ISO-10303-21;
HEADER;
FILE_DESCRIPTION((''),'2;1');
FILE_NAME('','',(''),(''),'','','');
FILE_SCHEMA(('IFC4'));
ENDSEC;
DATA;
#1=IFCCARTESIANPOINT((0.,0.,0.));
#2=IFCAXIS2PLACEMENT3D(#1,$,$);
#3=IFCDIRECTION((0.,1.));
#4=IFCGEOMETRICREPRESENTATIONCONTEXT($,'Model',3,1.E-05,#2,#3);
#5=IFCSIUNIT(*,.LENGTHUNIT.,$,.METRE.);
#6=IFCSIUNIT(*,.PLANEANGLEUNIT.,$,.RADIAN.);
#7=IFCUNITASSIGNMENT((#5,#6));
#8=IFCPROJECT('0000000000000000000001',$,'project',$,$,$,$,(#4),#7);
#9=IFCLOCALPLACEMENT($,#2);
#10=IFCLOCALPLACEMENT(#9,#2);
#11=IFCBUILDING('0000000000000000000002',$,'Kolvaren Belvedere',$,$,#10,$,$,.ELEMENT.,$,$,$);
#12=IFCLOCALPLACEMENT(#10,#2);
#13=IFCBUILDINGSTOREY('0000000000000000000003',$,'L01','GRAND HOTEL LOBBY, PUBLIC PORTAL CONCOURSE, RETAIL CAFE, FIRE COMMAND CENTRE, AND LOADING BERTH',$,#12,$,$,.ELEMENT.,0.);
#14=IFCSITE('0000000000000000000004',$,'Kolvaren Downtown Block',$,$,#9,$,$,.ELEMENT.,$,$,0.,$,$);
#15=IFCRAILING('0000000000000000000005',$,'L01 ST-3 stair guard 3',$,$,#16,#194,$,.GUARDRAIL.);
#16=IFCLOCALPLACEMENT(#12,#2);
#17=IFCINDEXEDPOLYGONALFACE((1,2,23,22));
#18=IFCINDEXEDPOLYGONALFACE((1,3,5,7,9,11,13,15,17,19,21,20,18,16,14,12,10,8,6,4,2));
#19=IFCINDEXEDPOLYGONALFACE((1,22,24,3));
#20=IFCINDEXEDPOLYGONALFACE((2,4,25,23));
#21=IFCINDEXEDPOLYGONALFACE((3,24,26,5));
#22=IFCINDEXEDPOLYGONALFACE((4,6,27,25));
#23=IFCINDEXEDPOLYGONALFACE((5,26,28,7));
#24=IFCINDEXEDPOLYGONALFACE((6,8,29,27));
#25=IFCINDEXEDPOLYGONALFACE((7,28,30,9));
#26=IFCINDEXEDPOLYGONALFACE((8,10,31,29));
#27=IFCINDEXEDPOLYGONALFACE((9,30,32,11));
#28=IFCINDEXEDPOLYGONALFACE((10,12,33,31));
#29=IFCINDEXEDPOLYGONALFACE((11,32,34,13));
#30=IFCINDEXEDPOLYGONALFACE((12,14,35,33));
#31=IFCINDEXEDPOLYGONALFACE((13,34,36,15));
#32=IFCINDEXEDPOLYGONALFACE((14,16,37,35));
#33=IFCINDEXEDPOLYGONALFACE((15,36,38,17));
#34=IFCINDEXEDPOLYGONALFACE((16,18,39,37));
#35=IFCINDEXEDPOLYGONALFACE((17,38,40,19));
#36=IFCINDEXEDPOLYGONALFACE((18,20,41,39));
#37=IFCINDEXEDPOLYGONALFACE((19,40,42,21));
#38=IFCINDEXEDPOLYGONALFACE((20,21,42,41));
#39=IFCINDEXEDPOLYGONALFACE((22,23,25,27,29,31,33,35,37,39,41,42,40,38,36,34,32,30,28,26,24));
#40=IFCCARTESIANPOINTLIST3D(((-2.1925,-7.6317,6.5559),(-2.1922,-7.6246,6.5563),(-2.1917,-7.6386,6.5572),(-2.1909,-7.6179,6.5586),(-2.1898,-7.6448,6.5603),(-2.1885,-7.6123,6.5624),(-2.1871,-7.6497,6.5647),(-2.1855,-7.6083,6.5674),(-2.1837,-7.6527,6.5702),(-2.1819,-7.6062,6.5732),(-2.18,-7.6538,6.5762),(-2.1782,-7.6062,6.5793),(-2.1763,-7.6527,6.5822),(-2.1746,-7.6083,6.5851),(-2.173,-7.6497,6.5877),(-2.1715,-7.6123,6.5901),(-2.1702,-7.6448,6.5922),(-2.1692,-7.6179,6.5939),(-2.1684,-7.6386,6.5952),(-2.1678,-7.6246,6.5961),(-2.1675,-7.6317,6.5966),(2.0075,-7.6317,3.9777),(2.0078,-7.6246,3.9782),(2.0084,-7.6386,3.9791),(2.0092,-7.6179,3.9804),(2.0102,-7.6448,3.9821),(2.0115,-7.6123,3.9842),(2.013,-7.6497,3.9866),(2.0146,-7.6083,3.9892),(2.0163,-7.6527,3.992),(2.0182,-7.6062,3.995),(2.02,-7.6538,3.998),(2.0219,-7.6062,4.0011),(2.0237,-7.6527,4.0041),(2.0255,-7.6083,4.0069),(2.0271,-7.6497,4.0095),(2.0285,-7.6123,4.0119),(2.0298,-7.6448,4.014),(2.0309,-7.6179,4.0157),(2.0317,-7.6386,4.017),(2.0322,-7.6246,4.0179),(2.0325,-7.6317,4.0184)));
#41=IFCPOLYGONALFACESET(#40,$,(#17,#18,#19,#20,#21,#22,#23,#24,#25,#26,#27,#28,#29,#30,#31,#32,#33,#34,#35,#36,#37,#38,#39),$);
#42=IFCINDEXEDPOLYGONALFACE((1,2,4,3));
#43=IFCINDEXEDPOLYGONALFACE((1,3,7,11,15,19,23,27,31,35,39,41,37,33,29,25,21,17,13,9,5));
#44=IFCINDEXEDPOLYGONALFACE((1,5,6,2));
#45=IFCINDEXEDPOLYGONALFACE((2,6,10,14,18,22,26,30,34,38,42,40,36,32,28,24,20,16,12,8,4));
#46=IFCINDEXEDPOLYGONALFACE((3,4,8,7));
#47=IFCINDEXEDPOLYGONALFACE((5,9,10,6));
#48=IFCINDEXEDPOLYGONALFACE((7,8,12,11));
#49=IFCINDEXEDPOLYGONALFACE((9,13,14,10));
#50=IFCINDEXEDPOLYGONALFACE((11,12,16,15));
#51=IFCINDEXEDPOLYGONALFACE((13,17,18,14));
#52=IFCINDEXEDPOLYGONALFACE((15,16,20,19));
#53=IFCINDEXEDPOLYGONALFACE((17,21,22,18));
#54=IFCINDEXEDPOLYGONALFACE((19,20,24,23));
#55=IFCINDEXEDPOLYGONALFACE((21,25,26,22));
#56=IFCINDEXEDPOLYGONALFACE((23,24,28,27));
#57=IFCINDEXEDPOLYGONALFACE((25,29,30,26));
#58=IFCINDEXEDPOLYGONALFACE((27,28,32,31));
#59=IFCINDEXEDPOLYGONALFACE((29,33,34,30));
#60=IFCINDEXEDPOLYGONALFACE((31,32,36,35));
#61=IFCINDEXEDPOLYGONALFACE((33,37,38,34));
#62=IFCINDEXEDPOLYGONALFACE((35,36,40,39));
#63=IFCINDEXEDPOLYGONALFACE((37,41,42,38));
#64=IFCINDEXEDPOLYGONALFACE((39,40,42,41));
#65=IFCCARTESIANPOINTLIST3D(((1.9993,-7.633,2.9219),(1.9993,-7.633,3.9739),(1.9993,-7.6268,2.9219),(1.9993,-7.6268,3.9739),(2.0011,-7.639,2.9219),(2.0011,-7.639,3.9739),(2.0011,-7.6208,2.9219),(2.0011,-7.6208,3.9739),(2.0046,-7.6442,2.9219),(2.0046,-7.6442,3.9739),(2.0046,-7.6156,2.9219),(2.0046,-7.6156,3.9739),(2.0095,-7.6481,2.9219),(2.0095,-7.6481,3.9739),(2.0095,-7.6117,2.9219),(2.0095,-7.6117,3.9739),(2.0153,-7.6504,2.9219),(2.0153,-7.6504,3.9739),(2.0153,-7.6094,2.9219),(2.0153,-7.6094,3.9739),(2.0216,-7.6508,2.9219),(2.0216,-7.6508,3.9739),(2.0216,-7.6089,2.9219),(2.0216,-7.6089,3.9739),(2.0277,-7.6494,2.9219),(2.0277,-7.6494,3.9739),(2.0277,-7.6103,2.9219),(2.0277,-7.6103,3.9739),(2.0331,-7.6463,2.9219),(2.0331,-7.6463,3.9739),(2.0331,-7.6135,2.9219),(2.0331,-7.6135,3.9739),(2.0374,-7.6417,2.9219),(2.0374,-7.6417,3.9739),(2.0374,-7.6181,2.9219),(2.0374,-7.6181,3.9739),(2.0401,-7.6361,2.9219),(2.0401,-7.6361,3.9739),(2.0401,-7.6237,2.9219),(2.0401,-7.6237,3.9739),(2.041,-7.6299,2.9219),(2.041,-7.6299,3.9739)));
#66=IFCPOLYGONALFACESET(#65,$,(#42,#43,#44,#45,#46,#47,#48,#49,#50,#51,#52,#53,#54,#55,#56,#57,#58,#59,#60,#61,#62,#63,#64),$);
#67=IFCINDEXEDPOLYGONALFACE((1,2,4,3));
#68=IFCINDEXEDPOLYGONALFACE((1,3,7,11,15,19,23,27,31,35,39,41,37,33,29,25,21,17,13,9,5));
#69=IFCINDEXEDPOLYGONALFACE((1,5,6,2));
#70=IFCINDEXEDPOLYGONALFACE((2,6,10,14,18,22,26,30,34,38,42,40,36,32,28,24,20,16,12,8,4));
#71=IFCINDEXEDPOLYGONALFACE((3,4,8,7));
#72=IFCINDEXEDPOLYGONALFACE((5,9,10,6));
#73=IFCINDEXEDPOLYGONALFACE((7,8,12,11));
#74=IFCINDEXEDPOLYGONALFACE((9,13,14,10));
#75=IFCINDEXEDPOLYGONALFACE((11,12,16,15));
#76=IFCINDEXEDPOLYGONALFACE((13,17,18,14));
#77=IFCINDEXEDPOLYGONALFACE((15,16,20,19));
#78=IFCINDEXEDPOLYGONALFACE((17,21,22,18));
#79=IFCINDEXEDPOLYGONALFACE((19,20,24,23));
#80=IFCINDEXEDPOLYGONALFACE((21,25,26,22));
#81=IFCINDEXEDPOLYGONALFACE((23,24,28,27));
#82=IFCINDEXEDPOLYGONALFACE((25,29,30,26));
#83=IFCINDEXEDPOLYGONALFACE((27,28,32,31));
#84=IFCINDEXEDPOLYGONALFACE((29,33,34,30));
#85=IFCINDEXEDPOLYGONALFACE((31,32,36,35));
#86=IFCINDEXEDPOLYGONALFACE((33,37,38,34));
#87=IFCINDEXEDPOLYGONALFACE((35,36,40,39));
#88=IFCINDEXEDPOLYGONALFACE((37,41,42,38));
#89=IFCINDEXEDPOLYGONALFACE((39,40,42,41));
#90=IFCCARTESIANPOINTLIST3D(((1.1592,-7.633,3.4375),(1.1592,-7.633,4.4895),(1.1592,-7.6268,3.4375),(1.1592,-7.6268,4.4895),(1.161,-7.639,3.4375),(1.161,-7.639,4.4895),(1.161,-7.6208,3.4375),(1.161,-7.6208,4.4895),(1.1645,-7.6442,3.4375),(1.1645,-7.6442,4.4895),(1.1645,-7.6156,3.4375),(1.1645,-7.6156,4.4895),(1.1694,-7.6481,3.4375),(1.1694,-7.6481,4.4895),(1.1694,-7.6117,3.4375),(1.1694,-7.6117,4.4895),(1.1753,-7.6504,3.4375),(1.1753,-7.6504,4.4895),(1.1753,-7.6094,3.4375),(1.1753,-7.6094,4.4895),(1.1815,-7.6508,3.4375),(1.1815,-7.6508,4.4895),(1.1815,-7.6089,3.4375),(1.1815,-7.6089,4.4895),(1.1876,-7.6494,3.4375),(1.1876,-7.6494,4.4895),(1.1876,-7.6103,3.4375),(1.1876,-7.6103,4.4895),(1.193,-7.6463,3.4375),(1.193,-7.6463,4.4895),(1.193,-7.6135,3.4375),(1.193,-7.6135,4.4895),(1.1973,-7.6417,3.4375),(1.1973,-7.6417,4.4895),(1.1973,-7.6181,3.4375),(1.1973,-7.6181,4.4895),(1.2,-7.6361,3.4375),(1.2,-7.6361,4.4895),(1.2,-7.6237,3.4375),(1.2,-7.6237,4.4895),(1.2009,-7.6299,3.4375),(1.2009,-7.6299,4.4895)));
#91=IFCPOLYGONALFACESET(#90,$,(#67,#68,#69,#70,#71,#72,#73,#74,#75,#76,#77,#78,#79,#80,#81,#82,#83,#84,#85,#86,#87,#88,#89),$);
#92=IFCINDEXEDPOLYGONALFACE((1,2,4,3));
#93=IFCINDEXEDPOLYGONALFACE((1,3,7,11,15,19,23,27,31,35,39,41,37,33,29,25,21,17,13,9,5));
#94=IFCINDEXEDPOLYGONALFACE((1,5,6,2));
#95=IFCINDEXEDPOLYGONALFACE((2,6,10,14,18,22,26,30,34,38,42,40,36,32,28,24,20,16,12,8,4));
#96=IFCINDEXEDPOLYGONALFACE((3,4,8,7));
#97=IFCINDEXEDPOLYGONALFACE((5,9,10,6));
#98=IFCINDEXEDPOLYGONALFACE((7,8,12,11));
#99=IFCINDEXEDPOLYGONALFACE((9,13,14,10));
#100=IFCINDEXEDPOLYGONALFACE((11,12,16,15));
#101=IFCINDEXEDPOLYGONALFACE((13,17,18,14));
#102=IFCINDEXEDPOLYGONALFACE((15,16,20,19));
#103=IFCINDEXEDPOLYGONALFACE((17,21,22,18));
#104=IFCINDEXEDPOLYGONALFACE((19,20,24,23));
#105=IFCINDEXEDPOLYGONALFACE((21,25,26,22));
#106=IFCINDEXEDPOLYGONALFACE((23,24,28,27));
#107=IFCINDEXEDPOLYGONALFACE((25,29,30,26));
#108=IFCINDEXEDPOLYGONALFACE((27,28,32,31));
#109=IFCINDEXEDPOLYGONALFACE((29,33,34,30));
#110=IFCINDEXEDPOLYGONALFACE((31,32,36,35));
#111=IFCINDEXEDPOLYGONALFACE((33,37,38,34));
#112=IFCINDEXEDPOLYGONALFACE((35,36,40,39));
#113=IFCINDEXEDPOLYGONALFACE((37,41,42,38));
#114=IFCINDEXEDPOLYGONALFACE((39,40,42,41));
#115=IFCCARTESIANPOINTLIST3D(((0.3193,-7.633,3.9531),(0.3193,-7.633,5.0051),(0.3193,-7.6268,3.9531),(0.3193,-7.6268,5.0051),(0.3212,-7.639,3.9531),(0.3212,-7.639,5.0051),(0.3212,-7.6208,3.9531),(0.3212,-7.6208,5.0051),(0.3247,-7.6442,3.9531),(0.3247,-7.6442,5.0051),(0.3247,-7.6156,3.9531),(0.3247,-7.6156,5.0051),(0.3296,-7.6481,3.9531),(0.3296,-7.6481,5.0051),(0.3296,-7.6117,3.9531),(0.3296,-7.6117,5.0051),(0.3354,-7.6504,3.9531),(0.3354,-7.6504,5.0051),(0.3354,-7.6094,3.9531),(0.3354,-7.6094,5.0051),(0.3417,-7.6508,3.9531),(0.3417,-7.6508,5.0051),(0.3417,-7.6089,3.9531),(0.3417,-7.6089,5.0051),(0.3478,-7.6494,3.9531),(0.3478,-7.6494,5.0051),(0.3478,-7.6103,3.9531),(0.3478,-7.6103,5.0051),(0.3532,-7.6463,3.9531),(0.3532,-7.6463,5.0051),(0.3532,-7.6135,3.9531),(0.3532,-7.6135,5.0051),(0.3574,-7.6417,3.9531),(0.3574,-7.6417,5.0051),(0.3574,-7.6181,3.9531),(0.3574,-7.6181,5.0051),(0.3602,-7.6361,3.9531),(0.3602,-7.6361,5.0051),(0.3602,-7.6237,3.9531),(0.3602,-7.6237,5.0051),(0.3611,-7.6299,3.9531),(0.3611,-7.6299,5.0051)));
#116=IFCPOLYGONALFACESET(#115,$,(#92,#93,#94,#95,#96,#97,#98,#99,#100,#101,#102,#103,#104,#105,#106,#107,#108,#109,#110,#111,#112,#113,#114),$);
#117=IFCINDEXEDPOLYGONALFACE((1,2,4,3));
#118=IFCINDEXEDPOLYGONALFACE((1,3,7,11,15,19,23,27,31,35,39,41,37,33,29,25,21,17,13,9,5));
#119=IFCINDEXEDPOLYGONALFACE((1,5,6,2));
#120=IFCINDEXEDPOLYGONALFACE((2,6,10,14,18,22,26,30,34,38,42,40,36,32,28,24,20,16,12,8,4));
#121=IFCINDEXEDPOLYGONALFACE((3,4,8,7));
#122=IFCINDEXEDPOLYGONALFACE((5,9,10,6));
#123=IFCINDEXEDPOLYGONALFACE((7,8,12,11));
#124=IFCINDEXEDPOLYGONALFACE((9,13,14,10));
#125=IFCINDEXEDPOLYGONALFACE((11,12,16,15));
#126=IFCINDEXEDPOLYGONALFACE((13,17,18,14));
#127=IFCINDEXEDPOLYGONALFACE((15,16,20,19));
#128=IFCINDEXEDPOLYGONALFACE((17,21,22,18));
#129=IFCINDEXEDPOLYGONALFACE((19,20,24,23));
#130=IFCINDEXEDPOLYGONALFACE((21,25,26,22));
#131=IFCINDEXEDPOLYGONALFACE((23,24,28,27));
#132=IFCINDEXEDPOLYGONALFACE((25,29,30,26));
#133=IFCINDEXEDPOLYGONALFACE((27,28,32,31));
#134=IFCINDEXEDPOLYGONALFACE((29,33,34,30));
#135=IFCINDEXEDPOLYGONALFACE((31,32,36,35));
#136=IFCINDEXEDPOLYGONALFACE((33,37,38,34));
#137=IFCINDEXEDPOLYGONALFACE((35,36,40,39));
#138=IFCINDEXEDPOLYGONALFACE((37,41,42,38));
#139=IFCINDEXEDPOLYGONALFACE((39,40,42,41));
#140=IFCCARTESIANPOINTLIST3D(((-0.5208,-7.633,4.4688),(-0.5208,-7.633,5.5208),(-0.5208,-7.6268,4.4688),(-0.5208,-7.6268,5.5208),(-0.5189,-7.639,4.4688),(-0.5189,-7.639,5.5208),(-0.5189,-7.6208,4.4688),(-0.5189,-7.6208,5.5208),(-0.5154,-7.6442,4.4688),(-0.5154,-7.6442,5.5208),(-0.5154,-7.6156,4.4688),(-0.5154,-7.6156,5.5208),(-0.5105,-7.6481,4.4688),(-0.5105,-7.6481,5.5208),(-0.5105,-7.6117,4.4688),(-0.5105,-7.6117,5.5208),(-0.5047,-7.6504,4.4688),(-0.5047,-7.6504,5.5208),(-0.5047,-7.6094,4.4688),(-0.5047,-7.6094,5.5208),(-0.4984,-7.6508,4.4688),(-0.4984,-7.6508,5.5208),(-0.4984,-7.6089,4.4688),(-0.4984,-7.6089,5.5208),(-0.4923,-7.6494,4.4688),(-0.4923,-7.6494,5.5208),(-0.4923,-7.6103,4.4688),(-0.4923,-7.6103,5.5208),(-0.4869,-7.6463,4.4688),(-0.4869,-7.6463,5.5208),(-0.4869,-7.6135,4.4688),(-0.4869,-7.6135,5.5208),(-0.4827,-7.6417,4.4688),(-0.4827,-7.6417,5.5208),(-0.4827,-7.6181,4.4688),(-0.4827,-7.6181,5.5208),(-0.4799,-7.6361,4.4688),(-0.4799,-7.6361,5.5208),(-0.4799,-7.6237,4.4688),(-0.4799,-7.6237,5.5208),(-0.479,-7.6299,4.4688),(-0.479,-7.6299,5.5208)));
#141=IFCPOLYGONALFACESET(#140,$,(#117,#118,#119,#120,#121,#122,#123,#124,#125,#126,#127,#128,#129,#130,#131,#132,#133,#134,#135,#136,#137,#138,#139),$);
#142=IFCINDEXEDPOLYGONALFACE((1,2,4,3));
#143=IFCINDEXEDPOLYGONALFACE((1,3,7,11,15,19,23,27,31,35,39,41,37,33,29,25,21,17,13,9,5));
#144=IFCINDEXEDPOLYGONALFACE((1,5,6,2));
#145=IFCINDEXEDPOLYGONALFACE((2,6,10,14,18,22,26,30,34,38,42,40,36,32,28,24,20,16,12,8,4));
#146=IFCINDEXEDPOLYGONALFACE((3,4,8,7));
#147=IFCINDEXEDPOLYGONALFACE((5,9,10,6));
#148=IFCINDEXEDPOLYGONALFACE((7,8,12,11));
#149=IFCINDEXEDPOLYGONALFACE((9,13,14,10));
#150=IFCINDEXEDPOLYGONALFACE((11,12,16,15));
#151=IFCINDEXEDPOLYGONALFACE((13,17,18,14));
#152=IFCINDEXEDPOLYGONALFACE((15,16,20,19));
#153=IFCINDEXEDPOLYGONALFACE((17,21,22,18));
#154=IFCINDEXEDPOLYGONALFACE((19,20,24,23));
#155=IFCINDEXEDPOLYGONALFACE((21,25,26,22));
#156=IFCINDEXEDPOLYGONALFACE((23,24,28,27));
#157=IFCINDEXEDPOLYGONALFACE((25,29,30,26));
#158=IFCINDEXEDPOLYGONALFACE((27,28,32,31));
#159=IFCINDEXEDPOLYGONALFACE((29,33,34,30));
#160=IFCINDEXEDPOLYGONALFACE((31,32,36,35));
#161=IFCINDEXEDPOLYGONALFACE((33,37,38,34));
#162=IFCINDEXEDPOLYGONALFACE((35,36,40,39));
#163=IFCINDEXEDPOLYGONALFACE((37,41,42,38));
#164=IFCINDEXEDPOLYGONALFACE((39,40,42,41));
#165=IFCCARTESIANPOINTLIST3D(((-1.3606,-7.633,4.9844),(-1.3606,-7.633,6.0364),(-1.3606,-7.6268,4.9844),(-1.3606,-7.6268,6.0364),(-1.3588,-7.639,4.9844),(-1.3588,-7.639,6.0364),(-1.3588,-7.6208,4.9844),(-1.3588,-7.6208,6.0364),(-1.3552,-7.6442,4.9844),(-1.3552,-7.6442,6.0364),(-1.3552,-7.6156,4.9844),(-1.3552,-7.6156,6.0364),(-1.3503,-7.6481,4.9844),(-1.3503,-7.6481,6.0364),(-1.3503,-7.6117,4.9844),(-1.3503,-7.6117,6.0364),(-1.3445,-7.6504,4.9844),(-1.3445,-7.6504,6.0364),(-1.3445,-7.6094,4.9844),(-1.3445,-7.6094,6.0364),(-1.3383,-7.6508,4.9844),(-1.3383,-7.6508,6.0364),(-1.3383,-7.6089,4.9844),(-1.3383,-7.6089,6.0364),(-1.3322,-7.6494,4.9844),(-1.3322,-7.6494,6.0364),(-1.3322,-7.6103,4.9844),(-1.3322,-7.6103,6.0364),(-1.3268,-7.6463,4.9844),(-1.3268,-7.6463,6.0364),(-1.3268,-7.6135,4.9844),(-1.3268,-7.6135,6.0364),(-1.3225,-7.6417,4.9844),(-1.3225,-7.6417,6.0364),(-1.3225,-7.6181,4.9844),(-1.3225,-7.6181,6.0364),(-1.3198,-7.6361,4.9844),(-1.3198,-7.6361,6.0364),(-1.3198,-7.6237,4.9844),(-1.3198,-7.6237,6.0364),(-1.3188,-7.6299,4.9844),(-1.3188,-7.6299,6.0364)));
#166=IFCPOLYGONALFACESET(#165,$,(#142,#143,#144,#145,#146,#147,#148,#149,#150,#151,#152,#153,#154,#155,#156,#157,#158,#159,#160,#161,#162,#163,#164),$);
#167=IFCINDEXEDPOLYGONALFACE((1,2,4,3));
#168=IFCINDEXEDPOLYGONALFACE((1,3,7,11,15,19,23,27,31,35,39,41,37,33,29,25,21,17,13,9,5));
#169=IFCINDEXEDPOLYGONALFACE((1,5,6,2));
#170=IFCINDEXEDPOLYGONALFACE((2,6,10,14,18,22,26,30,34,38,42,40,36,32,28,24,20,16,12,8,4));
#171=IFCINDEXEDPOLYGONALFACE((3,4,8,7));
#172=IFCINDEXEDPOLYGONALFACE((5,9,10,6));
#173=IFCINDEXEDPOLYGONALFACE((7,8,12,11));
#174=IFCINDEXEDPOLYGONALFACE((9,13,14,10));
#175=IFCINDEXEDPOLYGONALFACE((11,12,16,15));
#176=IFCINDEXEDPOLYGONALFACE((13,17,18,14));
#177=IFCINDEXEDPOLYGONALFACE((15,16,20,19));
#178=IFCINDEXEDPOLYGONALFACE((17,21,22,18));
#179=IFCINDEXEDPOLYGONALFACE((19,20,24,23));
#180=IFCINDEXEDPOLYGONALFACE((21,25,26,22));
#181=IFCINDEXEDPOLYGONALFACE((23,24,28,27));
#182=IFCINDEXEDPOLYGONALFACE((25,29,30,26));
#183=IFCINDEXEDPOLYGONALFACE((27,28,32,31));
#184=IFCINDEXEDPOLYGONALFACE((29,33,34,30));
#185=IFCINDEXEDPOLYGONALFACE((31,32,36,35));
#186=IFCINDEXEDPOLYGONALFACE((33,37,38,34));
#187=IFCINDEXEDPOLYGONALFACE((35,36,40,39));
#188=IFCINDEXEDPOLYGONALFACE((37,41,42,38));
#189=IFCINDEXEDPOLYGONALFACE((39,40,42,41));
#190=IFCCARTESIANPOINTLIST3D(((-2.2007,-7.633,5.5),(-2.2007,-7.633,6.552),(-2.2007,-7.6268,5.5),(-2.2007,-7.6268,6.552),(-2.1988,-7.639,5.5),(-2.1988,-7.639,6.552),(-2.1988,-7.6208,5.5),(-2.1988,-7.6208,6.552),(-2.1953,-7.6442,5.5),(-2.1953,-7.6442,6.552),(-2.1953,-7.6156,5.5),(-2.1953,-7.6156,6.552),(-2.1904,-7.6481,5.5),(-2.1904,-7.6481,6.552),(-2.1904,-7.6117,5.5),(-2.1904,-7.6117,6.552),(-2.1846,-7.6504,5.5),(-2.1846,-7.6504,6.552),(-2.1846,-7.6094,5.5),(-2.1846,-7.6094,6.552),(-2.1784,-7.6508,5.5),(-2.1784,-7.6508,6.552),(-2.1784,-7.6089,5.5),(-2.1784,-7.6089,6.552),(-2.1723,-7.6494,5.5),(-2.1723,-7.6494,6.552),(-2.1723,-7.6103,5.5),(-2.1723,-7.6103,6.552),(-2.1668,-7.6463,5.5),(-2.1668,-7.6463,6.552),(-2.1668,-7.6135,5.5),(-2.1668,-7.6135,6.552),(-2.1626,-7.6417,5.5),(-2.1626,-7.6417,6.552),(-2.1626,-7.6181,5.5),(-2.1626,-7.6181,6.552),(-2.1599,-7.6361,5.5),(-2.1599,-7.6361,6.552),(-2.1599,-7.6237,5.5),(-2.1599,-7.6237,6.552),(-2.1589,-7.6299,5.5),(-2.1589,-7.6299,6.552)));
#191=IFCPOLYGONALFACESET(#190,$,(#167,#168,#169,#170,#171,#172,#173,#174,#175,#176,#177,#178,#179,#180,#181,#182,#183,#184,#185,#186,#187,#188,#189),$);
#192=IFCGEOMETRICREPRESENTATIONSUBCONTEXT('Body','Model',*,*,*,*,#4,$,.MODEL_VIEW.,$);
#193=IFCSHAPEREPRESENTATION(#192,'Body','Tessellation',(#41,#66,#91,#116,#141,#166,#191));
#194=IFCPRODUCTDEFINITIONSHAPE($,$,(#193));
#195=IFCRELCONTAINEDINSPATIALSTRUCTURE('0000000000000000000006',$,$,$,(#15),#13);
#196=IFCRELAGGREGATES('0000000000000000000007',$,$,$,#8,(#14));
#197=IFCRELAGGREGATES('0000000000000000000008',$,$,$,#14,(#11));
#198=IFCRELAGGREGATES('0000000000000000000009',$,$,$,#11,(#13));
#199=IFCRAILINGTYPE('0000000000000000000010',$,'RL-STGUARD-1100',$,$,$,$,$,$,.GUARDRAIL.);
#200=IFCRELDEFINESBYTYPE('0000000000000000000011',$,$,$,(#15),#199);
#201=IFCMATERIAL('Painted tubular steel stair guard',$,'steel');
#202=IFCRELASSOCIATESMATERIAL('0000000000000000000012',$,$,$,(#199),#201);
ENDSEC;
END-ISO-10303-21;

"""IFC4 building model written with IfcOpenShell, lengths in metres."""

from ifc_helpers import new_model, si_unit, direction, frame, origin, origin_2d, place, context, subcontext, project, spatial, circle, extrude, material, type_object, element, save


model = new_model("IFC4")

# Units and contexts
model_context = context("Model", 3, precision=1e-05, world=origin(), true_north=direction((0.0, 1.0)))
body_context = subcontext(model_context, "Body", "Model", "MODEL_VIEW")
ifc_project = project(units=[si_unit("LENGTHUNIT", "METRE"), si_unit("PLANEANGLEUNIT", "RADIAN")], contexts=[model_context])

# Site, building, storey
site_placement = place(None, origin())
site = spatial("IfcSite", under=ifc_project, at=site_placement, Name="Kolvaren Downtown Block", CompositionType="ELEMENT", RefElevation=0.0)
building_placement = place(site_placement, origin())
building = spatial("IfcBuilding", under=site, at=building_placement, Name="Kolvaren Belvedere", CompositionType="ELEMENT")
storey_placement = place(building_placement, origin())
storey = spatial("IfcBuildingStorey", under=building, at=storey_placement, Name="L01", Description="GRAND HOTEL LOBBY, PUBLIC PORTAL CONCOURSE, RETAIL CAFE, FIRE COMMAND CENTRE, AND LOADING BERTH", CompositionType="ELEMENT", Elevation=0.0)

# Railing
ifc_material_1 = material(Name="Painted tubular steel stair guard", Category="steel")
railing_type_1 = type_object("IfcRailingType", Name="RL-STGUARD-1100", PredefinedType="GUARDRAIL", material=ifc_material_1)
railing_1_placement = place(storey_placement, frame((2.02, -7.6299, 2.9219)))
element("IfcRailing", 1, at=railing_1_placement, inside=storey, type_object=railing_type_1, Name="L01 ST-3 stair guard 3", PredefinedType="GUARDRAIL", context=body_context, shape_type="SweptSolid", body=[
    extrude(circle(Radius=0.0239, at=origin_2d()), frame((0.0, 0.0, 1.0762), z_axis=(-0.852243, 0.0, 0.523146), x_axis=(0.0, -1.0, 0.0)), (0.0, 0.0, 1.0), 4.9282),
    extrude(circle(Radius=0.021, at=origin_2d()), origin(), (0.0, 0.0, 1.0), 1.052),
    extrude(circle(Radius=0.021, at=origin_2d()), frame((-0.8401, 0.0, 0.5156)), (0.0, 0.0, 1.0), 1.052),
    extrude(circle(Radius=0.021, at=origin_2d()), frame((-1.6799, 0.0, 1.0312)), (0.0, 0.0, 1.0), 1.052),
    extrude(circle(Radius=0.021, at=origin_2d()), frame((-2.52, 0.0, 1.5469)), (0.0, 0.0, 1.0), 1.052),
    extrude(circle(Radius=0.021, at=origin_2d()), frame((-3.3599, 0.0, 2.0625)), (0.0, 0.0, 1.0), 1.052),
    extrude(circle(Radius=0.021, at=origin_2d()), frame((-4.2, 0.0, 2.5781)), (0.0, 0.0, 1.0), 1.052),
])

save(model, "model.ifc")
